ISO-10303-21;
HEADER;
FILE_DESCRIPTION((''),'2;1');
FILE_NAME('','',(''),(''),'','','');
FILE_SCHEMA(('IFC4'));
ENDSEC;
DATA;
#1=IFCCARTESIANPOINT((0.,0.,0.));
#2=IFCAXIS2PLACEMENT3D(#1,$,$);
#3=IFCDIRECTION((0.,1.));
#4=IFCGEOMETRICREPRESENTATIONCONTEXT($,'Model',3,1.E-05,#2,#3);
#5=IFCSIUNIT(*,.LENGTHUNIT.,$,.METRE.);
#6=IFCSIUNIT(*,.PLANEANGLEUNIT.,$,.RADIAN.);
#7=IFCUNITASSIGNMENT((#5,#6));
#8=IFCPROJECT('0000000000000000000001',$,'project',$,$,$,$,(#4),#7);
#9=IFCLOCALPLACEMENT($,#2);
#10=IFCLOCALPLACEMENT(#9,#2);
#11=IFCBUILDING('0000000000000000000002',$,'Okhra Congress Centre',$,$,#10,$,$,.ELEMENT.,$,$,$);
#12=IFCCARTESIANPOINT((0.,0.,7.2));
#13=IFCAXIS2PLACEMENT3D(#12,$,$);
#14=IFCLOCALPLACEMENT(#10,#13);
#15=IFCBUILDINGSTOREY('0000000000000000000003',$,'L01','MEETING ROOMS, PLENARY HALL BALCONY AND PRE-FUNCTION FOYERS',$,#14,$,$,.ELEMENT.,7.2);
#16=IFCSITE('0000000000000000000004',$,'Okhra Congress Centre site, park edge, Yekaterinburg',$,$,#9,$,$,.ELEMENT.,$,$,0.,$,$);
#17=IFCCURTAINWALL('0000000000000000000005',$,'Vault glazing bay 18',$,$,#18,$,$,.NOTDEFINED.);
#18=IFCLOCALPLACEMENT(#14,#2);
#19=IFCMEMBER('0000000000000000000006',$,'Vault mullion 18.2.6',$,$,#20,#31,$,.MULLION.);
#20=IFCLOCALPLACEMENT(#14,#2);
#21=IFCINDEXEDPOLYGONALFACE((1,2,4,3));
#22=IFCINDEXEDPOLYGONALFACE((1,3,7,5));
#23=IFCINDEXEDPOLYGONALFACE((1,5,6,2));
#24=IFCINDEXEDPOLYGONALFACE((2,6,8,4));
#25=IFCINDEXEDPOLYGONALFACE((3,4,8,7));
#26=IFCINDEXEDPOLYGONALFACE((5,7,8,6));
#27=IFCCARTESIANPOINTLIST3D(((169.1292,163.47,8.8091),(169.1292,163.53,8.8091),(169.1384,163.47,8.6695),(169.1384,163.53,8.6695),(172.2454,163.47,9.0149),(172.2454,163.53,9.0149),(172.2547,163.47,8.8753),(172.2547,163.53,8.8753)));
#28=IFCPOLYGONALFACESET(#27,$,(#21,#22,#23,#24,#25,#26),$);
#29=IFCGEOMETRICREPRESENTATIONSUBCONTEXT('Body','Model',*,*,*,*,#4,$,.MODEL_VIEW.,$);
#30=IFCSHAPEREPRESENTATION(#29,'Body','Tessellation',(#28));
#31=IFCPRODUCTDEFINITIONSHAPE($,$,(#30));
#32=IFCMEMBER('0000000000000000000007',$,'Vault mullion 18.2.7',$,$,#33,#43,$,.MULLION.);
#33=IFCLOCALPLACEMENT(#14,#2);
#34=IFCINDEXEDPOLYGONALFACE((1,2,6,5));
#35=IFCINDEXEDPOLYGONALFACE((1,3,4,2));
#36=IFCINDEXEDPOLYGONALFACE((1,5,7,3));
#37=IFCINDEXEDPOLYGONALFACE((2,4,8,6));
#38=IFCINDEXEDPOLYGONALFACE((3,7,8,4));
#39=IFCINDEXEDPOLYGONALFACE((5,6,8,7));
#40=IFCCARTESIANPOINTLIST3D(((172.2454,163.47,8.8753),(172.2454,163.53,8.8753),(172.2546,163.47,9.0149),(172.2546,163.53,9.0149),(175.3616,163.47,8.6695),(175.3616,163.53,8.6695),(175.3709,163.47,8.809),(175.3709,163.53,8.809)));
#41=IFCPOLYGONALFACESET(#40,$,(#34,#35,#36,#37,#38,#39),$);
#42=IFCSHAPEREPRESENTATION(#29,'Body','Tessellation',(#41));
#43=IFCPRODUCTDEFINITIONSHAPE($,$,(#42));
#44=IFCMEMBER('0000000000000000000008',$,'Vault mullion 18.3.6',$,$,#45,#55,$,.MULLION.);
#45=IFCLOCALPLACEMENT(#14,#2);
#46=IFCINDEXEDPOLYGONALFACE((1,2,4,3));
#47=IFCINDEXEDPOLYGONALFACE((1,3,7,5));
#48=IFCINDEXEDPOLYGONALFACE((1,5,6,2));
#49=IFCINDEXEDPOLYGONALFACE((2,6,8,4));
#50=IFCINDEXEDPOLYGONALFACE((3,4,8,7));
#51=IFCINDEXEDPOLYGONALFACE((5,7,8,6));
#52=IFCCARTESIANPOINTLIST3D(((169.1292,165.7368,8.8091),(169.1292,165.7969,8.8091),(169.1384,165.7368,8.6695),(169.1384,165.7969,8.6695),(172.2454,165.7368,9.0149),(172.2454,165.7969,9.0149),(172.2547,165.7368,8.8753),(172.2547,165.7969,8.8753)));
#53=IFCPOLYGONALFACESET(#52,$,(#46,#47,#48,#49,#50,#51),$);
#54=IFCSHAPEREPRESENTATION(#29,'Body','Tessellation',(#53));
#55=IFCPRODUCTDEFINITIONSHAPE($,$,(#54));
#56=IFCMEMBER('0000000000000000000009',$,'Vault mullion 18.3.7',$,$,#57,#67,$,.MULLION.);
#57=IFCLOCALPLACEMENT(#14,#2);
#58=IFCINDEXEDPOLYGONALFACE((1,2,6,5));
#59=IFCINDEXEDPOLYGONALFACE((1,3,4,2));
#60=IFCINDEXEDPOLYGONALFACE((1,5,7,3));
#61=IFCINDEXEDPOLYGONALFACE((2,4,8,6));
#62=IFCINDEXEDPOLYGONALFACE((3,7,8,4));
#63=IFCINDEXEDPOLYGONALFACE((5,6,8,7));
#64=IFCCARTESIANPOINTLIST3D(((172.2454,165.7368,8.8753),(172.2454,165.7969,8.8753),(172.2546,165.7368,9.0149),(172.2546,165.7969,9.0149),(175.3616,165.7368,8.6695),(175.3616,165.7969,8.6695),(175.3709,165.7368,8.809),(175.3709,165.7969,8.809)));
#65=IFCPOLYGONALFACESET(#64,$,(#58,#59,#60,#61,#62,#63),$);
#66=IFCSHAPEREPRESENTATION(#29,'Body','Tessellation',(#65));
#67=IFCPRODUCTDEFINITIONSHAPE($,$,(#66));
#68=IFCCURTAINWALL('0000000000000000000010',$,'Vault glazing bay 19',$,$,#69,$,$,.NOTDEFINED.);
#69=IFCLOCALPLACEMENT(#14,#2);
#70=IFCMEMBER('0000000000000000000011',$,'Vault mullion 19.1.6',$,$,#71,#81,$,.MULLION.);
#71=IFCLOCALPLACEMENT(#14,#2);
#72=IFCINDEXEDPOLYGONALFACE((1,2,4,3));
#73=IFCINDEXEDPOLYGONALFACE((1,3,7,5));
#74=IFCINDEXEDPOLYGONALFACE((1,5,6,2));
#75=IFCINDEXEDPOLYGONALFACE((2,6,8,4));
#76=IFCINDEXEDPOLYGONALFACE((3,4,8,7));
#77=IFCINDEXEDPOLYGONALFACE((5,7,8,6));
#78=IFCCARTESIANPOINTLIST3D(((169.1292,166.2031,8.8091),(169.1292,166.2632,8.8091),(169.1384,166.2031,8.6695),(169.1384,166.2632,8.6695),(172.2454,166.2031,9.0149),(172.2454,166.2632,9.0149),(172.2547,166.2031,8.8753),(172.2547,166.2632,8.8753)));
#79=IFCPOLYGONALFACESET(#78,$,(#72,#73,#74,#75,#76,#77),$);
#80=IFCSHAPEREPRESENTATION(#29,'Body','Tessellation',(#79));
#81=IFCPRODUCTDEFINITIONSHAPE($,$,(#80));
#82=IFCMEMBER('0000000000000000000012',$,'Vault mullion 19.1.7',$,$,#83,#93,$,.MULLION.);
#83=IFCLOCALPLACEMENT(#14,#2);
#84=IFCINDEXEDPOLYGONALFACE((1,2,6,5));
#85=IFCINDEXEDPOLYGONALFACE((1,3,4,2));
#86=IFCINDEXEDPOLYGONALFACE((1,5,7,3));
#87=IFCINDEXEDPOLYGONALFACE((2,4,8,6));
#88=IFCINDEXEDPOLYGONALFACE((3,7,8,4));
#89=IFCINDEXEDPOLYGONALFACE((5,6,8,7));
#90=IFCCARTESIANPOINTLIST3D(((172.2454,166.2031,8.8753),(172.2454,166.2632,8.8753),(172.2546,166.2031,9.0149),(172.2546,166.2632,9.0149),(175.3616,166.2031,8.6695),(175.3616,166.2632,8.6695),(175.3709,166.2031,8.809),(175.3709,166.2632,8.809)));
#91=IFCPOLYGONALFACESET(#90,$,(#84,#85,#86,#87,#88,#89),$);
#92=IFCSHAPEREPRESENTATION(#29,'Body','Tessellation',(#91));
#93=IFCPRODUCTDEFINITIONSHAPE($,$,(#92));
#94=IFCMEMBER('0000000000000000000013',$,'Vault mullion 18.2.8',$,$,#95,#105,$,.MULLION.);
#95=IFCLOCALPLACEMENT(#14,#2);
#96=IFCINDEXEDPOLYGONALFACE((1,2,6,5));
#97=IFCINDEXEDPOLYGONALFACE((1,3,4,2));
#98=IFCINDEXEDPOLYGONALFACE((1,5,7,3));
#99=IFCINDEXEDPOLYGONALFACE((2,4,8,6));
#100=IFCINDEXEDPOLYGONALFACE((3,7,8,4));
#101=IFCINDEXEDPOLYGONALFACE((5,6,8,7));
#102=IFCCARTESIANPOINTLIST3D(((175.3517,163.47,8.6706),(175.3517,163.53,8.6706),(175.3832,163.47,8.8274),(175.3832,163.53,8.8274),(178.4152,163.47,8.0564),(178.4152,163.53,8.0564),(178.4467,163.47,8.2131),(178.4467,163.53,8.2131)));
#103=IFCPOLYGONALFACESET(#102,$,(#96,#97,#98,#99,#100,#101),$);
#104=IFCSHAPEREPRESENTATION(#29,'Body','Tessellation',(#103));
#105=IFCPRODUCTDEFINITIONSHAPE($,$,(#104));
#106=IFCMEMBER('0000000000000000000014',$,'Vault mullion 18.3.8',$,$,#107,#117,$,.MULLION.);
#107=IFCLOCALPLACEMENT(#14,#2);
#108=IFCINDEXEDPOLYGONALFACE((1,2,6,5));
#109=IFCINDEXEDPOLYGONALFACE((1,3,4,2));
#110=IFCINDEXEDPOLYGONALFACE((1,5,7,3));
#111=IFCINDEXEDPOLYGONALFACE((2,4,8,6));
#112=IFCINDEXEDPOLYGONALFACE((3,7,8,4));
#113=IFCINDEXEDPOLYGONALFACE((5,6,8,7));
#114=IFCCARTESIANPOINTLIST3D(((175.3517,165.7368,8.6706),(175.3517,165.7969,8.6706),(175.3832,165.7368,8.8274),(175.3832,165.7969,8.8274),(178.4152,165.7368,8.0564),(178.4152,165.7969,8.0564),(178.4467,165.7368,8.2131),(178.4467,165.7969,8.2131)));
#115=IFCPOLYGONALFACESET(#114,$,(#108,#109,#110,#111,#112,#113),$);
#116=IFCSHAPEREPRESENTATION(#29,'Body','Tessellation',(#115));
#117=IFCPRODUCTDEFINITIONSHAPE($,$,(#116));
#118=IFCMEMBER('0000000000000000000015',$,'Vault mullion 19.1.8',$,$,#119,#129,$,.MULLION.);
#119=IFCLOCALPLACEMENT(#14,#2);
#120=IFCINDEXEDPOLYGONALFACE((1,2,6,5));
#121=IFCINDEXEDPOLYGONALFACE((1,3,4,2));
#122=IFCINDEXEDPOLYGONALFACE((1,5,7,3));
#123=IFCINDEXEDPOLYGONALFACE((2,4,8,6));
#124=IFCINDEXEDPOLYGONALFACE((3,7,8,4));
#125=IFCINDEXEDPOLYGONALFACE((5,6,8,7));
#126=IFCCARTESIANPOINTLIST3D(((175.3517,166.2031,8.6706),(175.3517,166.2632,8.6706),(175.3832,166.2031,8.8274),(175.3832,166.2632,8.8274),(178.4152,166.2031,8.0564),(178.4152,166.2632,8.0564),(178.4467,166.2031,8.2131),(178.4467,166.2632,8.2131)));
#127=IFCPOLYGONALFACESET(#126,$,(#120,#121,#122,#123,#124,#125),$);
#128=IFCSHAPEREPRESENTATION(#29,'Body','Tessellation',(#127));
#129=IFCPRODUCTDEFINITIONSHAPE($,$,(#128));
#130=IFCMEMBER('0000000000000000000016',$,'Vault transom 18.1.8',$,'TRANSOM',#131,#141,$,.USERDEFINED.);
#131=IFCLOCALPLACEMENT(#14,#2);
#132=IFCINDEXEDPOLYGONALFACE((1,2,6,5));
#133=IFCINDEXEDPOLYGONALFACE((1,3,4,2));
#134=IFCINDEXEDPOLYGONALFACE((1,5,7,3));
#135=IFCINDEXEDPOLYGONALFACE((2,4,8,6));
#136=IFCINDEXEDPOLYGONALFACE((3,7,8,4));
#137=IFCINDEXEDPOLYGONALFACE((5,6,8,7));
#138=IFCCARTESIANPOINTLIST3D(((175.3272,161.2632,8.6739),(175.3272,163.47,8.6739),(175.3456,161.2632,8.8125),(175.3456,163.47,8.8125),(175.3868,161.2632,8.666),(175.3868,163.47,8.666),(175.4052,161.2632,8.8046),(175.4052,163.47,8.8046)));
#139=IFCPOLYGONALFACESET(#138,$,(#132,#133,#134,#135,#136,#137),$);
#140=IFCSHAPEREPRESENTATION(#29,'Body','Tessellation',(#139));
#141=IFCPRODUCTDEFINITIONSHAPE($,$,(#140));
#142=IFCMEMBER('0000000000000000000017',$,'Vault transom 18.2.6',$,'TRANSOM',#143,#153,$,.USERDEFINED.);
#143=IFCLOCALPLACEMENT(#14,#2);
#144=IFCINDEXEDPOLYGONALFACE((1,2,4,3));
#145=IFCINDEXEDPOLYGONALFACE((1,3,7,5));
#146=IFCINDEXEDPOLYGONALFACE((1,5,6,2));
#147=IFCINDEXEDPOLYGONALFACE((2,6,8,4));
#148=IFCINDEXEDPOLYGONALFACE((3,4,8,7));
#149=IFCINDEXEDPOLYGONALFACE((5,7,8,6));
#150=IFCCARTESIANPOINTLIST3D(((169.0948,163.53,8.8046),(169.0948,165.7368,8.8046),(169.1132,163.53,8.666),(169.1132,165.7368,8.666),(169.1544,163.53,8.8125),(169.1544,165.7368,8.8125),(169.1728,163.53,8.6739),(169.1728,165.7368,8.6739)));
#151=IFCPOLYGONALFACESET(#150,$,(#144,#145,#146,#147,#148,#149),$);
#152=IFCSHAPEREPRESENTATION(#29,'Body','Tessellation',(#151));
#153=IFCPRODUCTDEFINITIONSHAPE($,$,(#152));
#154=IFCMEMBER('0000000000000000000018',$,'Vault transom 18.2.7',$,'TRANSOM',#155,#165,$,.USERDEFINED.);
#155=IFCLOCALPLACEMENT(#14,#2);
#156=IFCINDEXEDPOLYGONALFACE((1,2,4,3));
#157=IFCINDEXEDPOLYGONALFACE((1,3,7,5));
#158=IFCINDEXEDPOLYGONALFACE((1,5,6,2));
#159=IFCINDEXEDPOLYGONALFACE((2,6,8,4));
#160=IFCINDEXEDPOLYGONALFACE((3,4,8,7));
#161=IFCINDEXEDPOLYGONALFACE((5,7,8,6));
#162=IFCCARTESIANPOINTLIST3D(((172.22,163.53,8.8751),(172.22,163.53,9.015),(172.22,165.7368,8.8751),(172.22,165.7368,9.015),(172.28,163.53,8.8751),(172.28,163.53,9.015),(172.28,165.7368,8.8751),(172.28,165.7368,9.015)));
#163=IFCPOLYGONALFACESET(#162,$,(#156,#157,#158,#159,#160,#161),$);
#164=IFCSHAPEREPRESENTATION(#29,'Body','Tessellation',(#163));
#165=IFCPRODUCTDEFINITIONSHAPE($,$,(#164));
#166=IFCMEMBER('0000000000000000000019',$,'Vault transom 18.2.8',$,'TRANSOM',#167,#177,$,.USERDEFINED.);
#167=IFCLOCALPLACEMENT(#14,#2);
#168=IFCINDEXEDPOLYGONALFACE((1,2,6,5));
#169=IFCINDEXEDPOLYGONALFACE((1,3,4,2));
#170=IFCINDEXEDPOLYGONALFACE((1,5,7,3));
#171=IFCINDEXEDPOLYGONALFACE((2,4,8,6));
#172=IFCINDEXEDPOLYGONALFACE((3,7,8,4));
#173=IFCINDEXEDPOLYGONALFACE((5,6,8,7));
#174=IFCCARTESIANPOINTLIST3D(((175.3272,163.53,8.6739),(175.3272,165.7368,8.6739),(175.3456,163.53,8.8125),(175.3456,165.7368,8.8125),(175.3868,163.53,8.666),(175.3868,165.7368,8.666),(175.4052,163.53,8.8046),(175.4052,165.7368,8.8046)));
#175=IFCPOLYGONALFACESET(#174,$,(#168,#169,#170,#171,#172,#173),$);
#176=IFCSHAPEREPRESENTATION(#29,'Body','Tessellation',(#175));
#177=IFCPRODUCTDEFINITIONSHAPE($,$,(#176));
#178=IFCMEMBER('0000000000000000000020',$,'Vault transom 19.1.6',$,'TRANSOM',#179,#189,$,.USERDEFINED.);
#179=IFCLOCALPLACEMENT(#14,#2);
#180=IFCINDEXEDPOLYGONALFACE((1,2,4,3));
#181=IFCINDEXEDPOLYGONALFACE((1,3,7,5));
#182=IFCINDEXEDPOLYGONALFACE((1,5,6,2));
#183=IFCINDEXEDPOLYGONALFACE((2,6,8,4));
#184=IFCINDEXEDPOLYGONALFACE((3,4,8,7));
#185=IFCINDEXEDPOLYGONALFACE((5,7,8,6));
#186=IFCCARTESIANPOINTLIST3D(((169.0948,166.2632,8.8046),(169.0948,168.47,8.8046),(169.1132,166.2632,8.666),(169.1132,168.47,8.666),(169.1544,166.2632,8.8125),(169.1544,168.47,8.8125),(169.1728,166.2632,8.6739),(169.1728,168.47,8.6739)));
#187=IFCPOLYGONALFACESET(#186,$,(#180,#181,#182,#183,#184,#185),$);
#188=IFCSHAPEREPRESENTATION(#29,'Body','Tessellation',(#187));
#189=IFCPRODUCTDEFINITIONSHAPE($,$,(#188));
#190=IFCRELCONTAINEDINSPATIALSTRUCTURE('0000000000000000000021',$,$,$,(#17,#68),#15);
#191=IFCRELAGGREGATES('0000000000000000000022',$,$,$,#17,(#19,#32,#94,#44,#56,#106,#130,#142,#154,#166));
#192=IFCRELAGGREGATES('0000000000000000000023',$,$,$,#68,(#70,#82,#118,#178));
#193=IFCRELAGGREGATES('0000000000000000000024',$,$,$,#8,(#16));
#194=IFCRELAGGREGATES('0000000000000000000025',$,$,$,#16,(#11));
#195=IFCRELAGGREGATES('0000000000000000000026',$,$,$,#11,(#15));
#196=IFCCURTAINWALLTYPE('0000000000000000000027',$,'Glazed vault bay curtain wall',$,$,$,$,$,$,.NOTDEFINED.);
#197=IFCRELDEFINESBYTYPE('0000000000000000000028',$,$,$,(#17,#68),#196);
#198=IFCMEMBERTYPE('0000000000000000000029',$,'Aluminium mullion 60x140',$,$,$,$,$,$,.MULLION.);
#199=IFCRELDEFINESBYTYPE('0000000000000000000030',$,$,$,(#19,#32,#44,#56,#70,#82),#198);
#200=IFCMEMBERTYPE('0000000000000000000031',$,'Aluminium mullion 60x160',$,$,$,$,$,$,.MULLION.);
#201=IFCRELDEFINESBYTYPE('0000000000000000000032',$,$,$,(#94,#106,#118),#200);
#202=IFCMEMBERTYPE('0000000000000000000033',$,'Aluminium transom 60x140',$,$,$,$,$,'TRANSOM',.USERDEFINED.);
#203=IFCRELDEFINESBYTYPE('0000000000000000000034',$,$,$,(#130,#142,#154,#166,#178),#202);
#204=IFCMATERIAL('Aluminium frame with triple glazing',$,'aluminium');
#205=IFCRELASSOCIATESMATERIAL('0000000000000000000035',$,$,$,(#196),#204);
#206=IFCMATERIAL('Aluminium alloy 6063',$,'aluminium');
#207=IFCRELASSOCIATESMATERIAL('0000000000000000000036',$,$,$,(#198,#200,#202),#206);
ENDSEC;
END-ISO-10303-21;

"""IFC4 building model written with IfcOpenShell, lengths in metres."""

from ifc_helpers import new_model, si_unit, direction, frame, origin, origin_2d, place, context, subcontext, project, spatial, rectangle, extrude, material, material_profile, profile_set, type_object, element, aggregate, save


model = new_model("IFC4")

# Units and contexts
model_context = context("Model", 3, precision=1e-05, world=origin(), true_north=direction((0.0, 1.0)))
body_context = subcontext(model_context, "Body", "Model", "MODEL_VIEW")
ifc_project = project(units=[si_unit("LENGTHUNIT", "METRE"), si_unit("PLANEANGLEUNIT", "RADIAN")], contexts=[model_context])

# Site, building, storey
site_placement = place(None, origin())
site = spatial("IfcSite", under=ifc_project, at=site_placement, Name="Okhra Congress Centre site, park edge, Yekaterinburg", CompositionType="ELEMENT", RefElevation=0.0)
building_placement = place(site_placement, origin())
building = spatial("IfcBuilding", under=site, at=building_placement, Name="Okhra Congress Centre", CompositionType="ELEMENT")
storey_placement = place(building_placement, frame((0.0, 0.0, 7.2)))
storey = spatial("IfcBuildingStorey", under=building, at=storey_placement, Name="L01", Description="MEETING ROOMS, PLENARY HALL BALCONY AND PRE-FUNCTION FOYERS", CompositionType="ELEMENT", Elevation=7.2)

# Curtain walls, members
ifc_material_1 = material(Name="Aluminium frame with triple glazing", Category="aluminium")
curtain_wall_type = type_object("IfcCurtainWallType", Name="Glazed vault bay curtain wall", PredefinedType="NOTDEFINED", material=ifc_material_1)
curtain_wall_1_placement = place(storey_placement, origin())
curtain_wall_1 = element("IfcCurtainWall", 1, at=curtain_wall_1_placement, inside=storey, type_object=curtain_wall_type, Name="Vault glazing bay 18", PredefinedType="NOTDEFINED")
ifc_material_2 = material(Name="Aluminium alloy 6063", Category="aluminium")
ifc_material_profile_1 = material_profile(ifc_material_2, rectangle(XDim=0.0601, YDim=0.1399, at=origin_2d()), Name="AL 60x140")
ifc_profile_set_1 = profile_set([ifc_material_profile_1], Name="Aluminium alloy 6063")
member_type_1 = type_object("IfcMemberType", Name="Aluminium mullion 60x140", PredefinedType="MULLION", material=ifc_profile_set_1)
member_1_placement = place(storey_placement, frame((169.1338, 163.5, 8.7393), z_axis=(0.997826, 0.0, 0.065902), x_axis=(0.0, 1.0, 0.0)))
member_1 = element("IfcMember", 2, at=member_1_placement, type_object=member_type_1, Name="Vault mullion 18.2.6", PredefinedType="MULLION", context=body_context, shape_type="SweptSolid", body=[
    extrude(rectangle(XDim=0.0601, YDim=0.1399, at=origin_2d()), origin(), (0.0, 0.0, 1.0), 3.123),
])
member_2_placement = place(storey_placement, frame((172.25, 163.5, 8.9451), z_axis=(0.997826, 0.0, -0.065902), x_axis=(0.0, 1.0, 0.0)))
member_2 = element("IfcMember", 3, at=member_2_placement, type_object=member_type_1, Name="Vault mullion 18.2.7", PredefinedType="MULLION", context=body_context, shape_type="SweptSolid", body=[
    extrude(rectangle(XDim=0.0601, YDim=0.1399, at=origin_2d()), origin(), (0.0, 0.0, 1.0), 3.123),
])
member_3_placement = place(storey_placement, frame((169.1338, 165.7668, 8.7393), z_axis=(0.997826, 0.0, 0.065902), x_axis=(0.0, 1.0, 0.0)))
member_3 = element("IfcMember", 4, at=member_3_placement, type_object=member_type_1, Name="Vault mullion 18.3.6", PredefinedType="MULLION", context=body_context, shape_type="SweptSolid", body=[
    extrude(rectangle(XDim=0.0601, YDim=0.1399, at=origin_2d()), origin(), (0.0, 0.0, 1.0), 3.123),
])
member_4_placement = place(storey_placement, frame((172.25, 165.7668, 8.9451), z_axis=(0.997826, 0.0, -0.065902), x_axis=(0.0, 1.0, 0.0)))
member_4 = element("IfcMember", 5, at=member_4_placement, type_object=member_type_1, Name="Vault mullion 18.3.7", PredefinedType="MULLION", context=body_context, shape_type="SweptSolid", body=[
    extrude(rectangle(XDim=0.0601, YDim=0.1399, at=origin_2d()), origin(), (0.0, 0.0, 1.0), 3.123),
])
curtain_wall_2_placement = place(storey_placement, origin())
curtain_wall_2 = element("IfcCurtainWall", 6, at=curtain_wall_2_placement, inside=storey, type_object=curtain_wall_type, Name="Vault glazing bay 19", PredefinedType="NOTDEFINED")
member_5_placement = place(storey_placement, frame((169.1338, 166.2332, 8.7393), z_axis=(0.997826, 0.0, 0.065902), x_axis=(0.0, 1.0, 0.0)))
member_5 = element("IfcMember", 7, at=member_5_placement, type_object=member_type_1, Name="Vault mullion 19.1.6", PredefinedType="MULLION", context=body_context, shape_type="SweptSolid", body=[
    extrude(rectangle(XDim=0.0601, YDim=0.1399, at=origin_2d()), origin(), (0.0, 0.0, 1.0), 3.123),
])
member_6_placement = place(storey_placement, frame((172.25, 166.2332, 8.9451), z_axis=(0.997826, 0.0, -0.065902), x_axis=(0.0, 1.0, 0.0)))
member_6 = element("IfcMember", 8, at=member_6_placement, type_object=member_type_1, Name="Vault mullion 19.1.7", PredefinedType="MULLION", context=body_context, shape_type="SweptSolid", body=[
    extrude(rectangle(XDim=0.0601, YDim=0.1399, at=origin_2d()), origin(), (0.0, 0.0, 1.0), 3.123),
])

# Members
ifc_material_profile_2 = material_profile(ifc_material_2, rectangle(XDim=0.0601, YDim=0.1599, at=origin_2d()), Name="AL 60x160")
ifc_profile_set_2 = profile_set([ifc_material_profile_2], Name="Aluminium alloy 6063")
member_type_2 = type_object("IfcMemberType", Name="Aluminium mullion 60x160", PredefinedType="MULLION", material=ifc_profile_set_2)
member_7_placement = place(storey_placement, frame((175.3674, 163.5, 8.749), z_axis=(0.980484, 0.0, -0.196597), x_axis=(0.0, 1.0, 0.0)))
member_7 = element("IfcMember", 9, at=member_7_placement, type_object=member_type_2, Name="Vault mullion 18.2.8", PredefinedType="MULLION", context=body_context, shape_type="SweptSolid", body=[
    extrude(rectangle(XDim=0.0601, YDim=0.1599, at=origin_2d()), origin(), (0.0, 0.0, 1.0), 3.1245),
])
member_8_placement = place(storey_placement, frame((175.3674, 165.7668, 8.749), z_axis=(0.980484, 0.0, -0.196597), x_axis=(0.0, 1.0, 0.0)))
member_8 = element("IfcMember", 10, at=member_8_placement, type_object=member_type_2, Name="Vault mullion 18.3.8", PredefinedType="MULLION", context=body_context, shape_type="SweptSolid", body=[
    extrude(rectangle(XDim=0.0601, YDim=0.1599, at=origin_2d()), origin(), (0.0, 0.0, 1.0), 3.1245),
])
member_9_placement = place(storey_placement, frame((175.3674, 166.2332, 8.749), z_axis=(0.980484, 0.0, -0.196597), x_axis=(0.0, 1.0, 0.0)))
member_9 = element("IfcMember", 11, at=member_9_placement, type_object=member_type_2, Name="Vault mullion 19.1.8", PredefinedType="MULLION", context=body_context, shape_type="SweptSolid", body=[
    extrude(rectangle(XDim=0.0601, YDim=0.1599, at=origin_2d()), origin(), (0.0, 0.0, 1.0), 3.1245),
])
ifc_material_profile_3 = material_profile(ifc_material_2, rectangle(XDim=0.0601, YDim=0.1399, at=origin_2d()), Name="AL 60x140 transom")
ifc_profile_set_3 = profile_set([ifc_material_profile_3], Name="Aluminium alloy 6063")
member_type_3 = type_object("IfcMemberType", Name="Aluminium transom 60x140", ElementType="TRANSOM", PredefinedType="USERDEFINED", material=ifc_profile_set_3)
member_10_placement = place(storey_placement, frame((175.3662, 161.2632, 8.7393), z_axis=(0.0, 1.0, 0.0), x_axis=(-0.991307, 0.0, 0.131568)))
member_10 = element("IfcMember", 12, at=member_10_placement, type_object=member_type_3, Name="Vault transom 18.1.8", ObjectType="TRANSOM", PredefinedType="USERDEFINED", context=body_context, shape_type="SweptSolid", body=[
    extrude(rectangle(XDim=0.0601, YDim=0.1399, at=origin_2d()), origin(), (0.0, 0.0, 1.0), 2.2068),
])
member_11_placement = place(storey_placement, frame((169.1338, 163.53, 8.7393), z_axis=(0.0, 1.0, 0.0), x_axis=(-0.991307, 0.0, -0.131568)))
member_11 = element("IfcMember", 13, at=member_11_placement, type_object=member_type_3, Name="Vault transom 18.2.6", ObjectType="TRANSOM", PredefinedType="USERDEFINED", context=body_context, shape_type="SweptSolid", body=[
    extrude(rectangle(XDim=0.0601, YDim=0.1399, at=origin_2d()), origin(), (0.0, 0.0, 1.0), 2.2068),
])
member_12_placement = place(storey_placement, frame((172.25, 163.53, 8.9451), z_axis=(0.0, 1.0, 0.0), x_axis=(-1.0, 0.0, 0.0)))
member_12 = element("IfcMember", 14, at=member_12_placement, type_object=member_type_3, Name="Vault transom 18.2.7", ObjectType="TRANSOM", PredefinedType="USERDEFINED", context=body_context, shape_type="SweptSolid", body=[
    extrude(rectangle(XDim=0.0601, YDim=0.1399, at=origin_2d()), origin(), (0.0, 0.0, 1.0), 2.2068),
])
member_13_placement = place(storey_placement, frame((175.3662, 163.53, 8.7393), z_axis=(0.0, 1.0, 0.0), x_axis=(-0.991307, 0.0, 0.131568)))
member_13 = element("IfcMember", 15, at=member_13_placement, type_object=member_type_3, Name="Vault transom 18.2.8", ObjectType="TRANSOM", PredefinedType="USERDEFINED", context=body_context, shape_type="SweptSolid", body=[
    extrude(rectangle(XDim=0.0601, YDim=0.1399, at=origin_2d()), origin(), (0.0, 0.0, 1.0), 2.2068),
])
member_14_placement = place(storey_placement, frame((169.1338, 166.2632, 8.7393), z_axis=(0.0, 1.0, 0.0), x_axis=(-0.991307, 0.0, -0.131568)))
member_14 = element("IfcMember", 16, at=member_14_placement, type_object=member_type_3, Name="Vault transom 19.1.6", ObjectType="TRANSOM", PredefinedType="USERDEFINED", context=body_context, shape_type="SweptSolid", body=[
    extrude(rectangle(XDim=0.0601, YDim=0.1399, at=origin_2d()), origin(), (0.0, 0.0, 1.0), 2.2068),
])

aggregate(curtain_wall_1, [member_1, member_2, member_7, member_3, member_4, member_8, member_10, member_11, member_12, member_13])
aggregate(curtain_wall_2, [member_5, member_6, member_9, member_14])

save(model, "model.ifc")
